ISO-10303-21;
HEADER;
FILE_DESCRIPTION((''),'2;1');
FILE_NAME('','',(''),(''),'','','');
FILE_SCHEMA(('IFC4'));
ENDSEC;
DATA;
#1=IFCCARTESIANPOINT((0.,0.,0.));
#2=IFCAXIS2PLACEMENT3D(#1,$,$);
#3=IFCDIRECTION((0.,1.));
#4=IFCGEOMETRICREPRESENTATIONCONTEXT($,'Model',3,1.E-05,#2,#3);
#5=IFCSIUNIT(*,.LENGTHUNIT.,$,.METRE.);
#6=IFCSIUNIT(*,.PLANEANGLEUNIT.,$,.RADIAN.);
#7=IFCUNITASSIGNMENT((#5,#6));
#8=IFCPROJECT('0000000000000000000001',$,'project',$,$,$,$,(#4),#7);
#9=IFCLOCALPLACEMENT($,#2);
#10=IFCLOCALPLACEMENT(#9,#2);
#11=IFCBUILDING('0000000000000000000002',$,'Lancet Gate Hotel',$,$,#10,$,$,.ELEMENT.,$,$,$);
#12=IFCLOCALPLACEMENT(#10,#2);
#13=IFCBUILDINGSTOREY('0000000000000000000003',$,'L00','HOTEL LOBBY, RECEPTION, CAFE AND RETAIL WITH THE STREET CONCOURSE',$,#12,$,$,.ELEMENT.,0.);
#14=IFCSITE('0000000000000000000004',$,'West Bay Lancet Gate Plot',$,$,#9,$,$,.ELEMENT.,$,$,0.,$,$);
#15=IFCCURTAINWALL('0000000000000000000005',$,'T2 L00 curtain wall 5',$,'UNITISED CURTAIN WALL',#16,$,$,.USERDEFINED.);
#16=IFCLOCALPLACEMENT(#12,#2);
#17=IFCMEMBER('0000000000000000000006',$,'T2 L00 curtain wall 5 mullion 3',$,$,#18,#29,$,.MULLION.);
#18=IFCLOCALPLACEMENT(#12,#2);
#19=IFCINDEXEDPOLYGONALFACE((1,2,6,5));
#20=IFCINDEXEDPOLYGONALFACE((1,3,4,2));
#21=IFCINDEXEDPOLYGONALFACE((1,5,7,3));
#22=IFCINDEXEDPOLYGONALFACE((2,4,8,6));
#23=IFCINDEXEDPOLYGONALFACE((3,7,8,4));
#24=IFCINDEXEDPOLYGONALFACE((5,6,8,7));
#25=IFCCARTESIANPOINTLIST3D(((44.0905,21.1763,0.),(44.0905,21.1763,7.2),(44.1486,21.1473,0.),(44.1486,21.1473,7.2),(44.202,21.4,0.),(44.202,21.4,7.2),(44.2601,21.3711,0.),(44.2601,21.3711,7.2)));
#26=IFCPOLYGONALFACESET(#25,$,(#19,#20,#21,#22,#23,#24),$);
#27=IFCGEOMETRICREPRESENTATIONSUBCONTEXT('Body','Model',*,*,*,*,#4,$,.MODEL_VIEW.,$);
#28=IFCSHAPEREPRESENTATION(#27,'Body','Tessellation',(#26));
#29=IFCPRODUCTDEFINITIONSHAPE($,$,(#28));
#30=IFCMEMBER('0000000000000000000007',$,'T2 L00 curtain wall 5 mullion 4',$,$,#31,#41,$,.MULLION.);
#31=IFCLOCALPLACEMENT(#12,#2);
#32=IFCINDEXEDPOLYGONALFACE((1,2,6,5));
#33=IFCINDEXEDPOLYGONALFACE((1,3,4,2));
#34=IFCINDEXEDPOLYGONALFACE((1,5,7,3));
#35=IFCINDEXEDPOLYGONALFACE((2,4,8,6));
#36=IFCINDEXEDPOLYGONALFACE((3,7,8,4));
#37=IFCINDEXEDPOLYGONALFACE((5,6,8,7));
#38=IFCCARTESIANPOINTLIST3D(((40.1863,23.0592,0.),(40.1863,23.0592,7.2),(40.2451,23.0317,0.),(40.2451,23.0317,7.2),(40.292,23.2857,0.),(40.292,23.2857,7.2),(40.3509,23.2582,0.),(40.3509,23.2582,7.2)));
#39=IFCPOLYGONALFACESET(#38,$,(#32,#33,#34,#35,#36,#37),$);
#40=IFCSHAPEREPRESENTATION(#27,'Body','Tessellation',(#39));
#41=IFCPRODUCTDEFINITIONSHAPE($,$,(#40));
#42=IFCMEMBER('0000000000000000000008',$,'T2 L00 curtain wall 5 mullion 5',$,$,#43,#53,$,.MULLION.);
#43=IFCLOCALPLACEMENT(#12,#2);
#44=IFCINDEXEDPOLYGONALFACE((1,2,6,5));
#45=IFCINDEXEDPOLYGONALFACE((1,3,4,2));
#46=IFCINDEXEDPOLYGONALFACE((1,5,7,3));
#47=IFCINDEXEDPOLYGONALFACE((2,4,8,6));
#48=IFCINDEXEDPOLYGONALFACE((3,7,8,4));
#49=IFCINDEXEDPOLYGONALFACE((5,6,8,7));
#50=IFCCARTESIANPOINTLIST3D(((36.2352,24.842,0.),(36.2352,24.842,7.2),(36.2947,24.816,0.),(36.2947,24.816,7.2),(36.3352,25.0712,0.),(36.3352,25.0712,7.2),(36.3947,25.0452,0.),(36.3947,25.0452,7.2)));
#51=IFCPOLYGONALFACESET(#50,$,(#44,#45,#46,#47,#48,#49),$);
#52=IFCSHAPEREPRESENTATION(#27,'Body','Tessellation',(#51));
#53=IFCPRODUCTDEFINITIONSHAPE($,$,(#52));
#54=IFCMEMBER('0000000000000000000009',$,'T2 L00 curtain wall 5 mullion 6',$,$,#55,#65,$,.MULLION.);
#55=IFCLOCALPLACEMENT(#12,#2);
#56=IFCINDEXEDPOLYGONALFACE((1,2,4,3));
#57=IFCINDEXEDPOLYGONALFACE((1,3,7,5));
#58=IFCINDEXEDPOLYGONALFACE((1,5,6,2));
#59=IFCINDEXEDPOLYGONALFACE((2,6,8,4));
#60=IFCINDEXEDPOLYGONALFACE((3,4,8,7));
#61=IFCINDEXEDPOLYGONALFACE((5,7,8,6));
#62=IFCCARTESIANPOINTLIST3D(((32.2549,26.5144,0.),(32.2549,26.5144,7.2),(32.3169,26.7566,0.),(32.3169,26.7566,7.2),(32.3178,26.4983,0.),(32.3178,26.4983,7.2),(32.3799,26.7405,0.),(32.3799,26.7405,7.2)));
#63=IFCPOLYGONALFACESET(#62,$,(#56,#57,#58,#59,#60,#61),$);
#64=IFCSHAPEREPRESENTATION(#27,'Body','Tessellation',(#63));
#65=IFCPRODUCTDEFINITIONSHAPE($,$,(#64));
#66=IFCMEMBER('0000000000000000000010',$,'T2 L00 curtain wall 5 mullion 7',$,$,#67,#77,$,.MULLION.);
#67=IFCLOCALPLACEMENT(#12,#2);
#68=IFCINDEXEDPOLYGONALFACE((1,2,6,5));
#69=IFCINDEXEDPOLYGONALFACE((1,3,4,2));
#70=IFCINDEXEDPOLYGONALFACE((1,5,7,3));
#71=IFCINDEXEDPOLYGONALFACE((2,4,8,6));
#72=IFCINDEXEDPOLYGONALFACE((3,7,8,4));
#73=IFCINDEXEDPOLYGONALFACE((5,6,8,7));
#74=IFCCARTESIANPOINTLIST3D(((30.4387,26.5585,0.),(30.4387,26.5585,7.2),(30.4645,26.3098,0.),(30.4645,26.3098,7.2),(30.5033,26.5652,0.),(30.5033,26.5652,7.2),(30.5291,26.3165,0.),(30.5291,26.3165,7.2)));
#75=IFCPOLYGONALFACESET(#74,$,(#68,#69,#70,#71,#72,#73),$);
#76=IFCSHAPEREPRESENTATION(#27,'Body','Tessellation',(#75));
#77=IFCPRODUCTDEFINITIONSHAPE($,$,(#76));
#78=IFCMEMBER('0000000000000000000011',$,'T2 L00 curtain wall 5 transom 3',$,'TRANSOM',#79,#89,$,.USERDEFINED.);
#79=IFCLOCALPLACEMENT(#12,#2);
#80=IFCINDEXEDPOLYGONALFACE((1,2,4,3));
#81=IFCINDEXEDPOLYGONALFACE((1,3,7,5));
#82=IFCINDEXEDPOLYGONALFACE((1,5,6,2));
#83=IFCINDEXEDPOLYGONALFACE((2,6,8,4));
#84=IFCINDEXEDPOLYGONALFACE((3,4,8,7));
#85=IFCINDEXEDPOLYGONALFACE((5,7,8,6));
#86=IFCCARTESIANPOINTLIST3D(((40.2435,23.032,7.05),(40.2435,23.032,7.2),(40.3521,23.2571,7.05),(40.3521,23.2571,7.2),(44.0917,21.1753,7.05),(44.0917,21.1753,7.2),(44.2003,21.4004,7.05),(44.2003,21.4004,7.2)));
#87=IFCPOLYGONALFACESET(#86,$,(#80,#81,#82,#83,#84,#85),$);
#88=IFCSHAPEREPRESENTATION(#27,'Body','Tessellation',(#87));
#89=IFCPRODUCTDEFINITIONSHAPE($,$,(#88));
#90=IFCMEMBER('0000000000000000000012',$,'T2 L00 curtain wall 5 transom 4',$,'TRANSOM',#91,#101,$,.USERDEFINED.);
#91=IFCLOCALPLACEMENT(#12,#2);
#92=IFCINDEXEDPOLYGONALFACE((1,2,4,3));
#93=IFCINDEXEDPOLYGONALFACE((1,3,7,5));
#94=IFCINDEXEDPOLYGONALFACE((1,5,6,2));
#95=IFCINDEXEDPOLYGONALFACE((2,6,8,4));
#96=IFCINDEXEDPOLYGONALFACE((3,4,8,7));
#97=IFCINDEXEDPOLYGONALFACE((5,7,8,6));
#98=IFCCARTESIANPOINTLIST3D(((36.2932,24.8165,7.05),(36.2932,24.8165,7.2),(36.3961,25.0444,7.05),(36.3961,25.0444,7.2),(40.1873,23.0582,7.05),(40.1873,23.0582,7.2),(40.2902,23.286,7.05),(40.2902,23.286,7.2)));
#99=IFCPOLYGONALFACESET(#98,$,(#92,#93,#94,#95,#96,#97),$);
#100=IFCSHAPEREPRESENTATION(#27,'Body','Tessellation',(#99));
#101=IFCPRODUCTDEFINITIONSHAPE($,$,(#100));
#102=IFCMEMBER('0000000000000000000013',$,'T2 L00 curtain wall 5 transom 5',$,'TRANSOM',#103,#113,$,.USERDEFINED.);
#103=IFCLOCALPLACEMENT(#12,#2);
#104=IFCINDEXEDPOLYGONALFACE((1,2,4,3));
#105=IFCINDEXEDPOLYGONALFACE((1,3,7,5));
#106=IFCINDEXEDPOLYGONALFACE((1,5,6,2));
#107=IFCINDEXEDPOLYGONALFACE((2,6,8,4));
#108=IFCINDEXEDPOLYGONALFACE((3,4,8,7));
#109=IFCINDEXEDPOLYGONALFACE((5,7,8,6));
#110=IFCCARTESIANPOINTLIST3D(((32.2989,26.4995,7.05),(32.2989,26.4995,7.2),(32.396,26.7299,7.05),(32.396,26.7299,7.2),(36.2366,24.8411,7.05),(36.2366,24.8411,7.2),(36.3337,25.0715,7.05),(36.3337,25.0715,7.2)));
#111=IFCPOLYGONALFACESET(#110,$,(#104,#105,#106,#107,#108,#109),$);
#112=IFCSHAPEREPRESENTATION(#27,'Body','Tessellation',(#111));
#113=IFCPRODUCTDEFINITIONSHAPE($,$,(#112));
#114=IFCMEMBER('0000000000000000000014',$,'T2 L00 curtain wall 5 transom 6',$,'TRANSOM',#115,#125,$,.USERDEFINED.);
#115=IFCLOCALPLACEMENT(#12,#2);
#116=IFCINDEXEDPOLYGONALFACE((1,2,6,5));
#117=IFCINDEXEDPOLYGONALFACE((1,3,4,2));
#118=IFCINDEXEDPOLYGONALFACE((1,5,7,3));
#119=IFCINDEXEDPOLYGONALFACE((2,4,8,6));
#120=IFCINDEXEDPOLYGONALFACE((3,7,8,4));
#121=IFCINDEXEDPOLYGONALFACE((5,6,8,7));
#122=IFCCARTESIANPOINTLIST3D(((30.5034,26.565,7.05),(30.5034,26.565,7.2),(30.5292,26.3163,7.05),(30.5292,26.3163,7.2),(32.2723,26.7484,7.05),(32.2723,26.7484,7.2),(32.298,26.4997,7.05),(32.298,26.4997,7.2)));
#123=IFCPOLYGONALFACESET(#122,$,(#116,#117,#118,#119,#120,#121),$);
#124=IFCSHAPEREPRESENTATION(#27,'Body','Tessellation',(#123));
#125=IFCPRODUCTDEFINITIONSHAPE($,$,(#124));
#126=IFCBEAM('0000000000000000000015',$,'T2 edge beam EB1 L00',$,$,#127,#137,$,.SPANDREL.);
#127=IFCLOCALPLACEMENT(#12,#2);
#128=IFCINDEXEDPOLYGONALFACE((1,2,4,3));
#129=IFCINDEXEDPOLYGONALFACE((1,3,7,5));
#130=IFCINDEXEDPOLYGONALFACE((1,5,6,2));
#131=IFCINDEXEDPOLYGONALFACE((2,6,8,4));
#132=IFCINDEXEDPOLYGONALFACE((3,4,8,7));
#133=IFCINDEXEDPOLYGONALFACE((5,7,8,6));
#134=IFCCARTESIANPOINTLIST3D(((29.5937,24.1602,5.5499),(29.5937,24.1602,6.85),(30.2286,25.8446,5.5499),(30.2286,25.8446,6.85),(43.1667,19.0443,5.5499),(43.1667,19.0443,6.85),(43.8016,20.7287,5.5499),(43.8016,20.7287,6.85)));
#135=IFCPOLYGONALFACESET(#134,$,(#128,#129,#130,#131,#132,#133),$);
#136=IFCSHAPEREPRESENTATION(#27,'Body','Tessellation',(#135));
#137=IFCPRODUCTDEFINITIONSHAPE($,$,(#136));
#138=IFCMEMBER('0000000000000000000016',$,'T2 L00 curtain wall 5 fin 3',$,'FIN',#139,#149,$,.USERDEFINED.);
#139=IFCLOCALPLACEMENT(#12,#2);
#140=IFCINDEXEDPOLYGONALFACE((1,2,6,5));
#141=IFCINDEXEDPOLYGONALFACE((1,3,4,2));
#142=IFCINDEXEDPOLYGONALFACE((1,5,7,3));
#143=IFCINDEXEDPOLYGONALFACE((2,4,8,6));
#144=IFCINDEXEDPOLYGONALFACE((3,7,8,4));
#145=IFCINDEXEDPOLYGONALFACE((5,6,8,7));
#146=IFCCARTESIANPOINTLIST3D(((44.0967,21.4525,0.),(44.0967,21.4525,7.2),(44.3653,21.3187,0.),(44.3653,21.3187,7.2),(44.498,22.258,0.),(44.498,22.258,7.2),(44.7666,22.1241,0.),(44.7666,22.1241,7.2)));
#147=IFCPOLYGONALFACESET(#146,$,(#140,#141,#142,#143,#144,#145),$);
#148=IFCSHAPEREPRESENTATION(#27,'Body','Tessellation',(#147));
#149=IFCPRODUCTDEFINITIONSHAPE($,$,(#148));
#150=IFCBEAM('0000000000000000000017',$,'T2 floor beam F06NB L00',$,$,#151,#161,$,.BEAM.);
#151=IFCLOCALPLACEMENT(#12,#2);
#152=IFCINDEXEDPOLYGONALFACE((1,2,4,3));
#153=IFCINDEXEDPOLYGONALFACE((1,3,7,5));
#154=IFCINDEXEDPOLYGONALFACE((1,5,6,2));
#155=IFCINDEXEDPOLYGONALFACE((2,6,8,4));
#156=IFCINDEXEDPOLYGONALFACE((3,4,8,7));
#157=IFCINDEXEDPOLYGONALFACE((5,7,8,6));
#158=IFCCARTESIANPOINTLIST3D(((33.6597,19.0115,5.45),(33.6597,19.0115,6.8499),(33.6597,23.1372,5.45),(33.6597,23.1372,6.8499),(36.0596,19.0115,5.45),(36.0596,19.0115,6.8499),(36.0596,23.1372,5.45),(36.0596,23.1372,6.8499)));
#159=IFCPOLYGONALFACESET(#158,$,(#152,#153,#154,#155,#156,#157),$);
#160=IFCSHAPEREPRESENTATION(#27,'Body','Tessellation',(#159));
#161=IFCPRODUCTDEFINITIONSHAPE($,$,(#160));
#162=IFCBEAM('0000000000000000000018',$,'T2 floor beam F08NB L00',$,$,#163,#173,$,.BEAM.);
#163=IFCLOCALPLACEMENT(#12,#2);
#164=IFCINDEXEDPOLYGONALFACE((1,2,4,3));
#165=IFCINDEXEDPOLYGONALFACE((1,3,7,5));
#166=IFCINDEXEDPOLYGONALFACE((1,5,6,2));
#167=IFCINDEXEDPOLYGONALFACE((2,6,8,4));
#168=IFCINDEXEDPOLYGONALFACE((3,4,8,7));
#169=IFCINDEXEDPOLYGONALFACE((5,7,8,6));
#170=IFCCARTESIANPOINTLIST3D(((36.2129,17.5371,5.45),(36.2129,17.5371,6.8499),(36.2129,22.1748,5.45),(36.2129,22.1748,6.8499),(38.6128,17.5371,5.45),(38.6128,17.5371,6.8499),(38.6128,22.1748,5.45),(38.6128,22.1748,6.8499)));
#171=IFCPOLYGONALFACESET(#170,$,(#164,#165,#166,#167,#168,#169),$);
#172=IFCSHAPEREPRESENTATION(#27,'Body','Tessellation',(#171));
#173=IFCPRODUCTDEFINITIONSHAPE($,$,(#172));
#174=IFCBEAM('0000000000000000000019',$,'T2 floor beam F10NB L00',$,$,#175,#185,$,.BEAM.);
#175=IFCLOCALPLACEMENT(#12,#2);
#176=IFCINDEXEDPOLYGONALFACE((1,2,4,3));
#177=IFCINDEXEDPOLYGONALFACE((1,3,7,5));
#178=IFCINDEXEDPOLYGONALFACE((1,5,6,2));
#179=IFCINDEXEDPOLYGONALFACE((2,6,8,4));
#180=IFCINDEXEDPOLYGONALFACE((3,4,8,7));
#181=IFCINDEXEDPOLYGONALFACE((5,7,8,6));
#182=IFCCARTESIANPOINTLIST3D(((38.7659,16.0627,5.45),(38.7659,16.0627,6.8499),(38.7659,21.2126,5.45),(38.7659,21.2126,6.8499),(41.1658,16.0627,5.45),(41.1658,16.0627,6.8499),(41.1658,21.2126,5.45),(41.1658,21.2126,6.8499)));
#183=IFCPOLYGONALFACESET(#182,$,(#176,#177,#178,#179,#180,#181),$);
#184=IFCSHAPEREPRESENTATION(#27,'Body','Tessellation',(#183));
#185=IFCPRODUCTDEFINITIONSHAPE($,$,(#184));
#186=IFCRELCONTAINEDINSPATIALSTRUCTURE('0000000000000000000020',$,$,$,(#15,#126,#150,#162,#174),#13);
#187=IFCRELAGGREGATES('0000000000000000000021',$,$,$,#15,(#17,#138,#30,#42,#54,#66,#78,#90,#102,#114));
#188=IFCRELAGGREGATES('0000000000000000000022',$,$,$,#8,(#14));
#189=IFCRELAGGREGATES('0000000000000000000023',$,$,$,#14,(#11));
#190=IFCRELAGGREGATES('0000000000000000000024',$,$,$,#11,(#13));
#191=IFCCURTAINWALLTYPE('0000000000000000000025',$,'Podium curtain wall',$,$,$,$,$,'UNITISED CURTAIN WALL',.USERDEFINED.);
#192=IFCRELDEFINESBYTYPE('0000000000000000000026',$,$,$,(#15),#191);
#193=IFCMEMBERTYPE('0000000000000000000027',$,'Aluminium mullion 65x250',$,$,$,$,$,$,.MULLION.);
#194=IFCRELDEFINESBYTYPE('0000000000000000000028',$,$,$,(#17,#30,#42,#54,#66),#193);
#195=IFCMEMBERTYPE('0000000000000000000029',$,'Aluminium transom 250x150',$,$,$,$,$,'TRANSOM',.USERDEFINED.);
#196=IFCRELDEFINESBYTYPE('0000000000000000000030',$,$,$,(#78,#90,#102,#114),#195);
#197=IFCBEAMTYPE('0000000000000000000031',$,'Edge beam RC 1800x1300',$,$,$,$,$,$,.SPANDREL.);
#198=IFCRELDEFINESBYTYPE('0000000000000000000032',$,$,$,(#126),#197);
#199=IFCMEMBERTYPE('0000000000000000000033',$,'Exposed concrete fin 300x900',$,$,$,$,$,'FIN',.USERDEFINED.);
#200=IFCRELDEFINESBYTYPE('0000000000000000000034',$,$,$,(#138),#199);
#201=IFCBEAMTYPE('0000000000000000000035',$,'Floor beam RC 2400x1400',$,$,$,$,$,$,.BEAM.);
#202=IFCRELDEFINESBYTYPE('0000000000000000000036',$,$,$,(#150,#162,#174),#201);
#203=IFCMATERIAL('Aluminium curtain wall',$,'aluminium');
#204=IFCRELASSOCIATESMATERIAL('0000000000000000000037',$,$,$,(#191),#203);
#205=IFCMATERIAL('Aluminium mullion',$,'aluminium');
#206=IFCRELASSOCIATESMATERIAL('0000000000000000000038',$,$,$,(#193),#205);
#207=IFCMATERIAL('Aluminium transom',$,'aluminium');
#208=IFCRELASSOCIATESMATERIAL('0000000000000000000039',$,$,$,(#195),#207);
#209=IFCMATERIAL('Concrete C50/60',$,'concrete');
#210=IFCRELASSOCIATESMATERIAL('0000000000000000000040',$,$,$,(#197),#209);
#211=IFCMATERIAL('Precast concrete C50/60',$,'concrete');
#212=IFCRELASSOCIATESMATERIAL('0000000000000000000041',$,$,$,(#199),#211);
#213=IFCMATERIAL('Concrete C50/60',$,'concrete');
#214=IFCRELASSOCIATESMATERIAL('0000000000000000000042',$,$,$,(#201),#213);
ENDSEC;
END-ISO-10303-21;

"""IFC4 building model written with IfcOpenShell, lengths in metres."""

from ifc_helpers import new_model, si_unit, direction, frame, origin, origin_2d, place, context, subcontext, project, spatial, rectangle, extrude, material, material_profile, profile_set, type_object, element, aggregate, save


model = new_model("IFC4")

# Units and contexts
model_context = context("Model", 3, precision=1e-05, world=origin(), true_north=direction((0.0, 1.0)))
body_context = subcontext(model_context, "Body", "Model", "MODEL_VIEW")
ifc_project = project(units=[si_unit("LENGTHUNIT", "METRE"), si_unit("PLANEANGLEUNIT", "RADIAN")], contexts=[model_context])

# Site, building, storey
site_placement = place(None, origin())
site = spatial("IfcSite", under=ifc_project, at=site_placement, Name="West Bay Lancet Gate Plot", CompositionType="ELEMENT", RefElevation=0.0)
building_placement = place(site_placement, origin())
building = spatial("IfcBuilding", under=site, at=building_placement, Name="Lancet Gate Hotel", CompositionType="ELEMENT")
storey_placement = place(building_placement, origin())
storey = spatial("IfcBuildingStorey", under=building, at=storey_placement, Name="L00", Description="HOTEL LOBBY, RECEPTION, CAFE AND RETAIL WITH THE STREET CONCOURSE", CompositionType="ELEMENT", Elevation=0.0)

# Curtain wall, members
ifc_material_1 = material(Name="Aluminium curtain wall", Category="aluminium")
curtain_wall_type = type_object("IfcCurtainWallType", Name="Podium curtain wall", ElementType="UNITISED CURTAIN WALL", PredefinedType="USERDEFINED", material=ifc_material_1)
curtain_wall_placement = place(storey_placement, origin())
curtain_wall = element("IfcCurtainWall", 1, at=curtain_wall_placement, inside=storey, type_object=curtain_wall_type, Name="T2 L00 curtain wall 5", ObjectType="UNITISED CURTAIN WALL", PredefinedType="USERDEFINED")
ifc_material_2 = material(Name="Aluminium mullion", Category="aluminium")
ifc_material_profile_1 = material_profile(ifc_material_2, rectangle(XDim=0.0649, YDim=0.25, at=origin_2d()), Name="MULLION 65x250")
ifc_profile_set_1 = profile_set([ifc_material_profile_1], Name="Aluminium mullion")
member_type_1 = type_object("IfcMemberType", Name="Aluminium mullion 65x250", PredefinedType="MULLION", material=ifc_profile_set_1)
member_1_placement = place(storey_placement, frame((44.1753, 21.2737, 0.0), z_axis=(0.0, 0.0, 1.0), x_axis=(-0.895044, 0.445978, 0.0)))
member_1 = element("IfcMember", 2, at=member_1_placement, type_object=member_type_1, Name="T2 L00 curtain wall 5 mullion 3", PredefinedType="MULLION", context=body_context, shape_type="SweptSolid", body=[
    extrude(rectangle(XDim=0.0649, YDim=0.25, at=origin_2d()), origin(), (0.0, 0.0, 1.0), 7.2),
])
member_2_placement = place(storey_placement, frame((40.2686, 23.1587, 0.0), z_axis=(0.0, 0.0, 1.0), x_axis=(-0.906105, 0.423053, 0.0)))
member_2 = element("IfcMember", 3, at=member_2_placement, type_object=member_type_1, Name="T2 L00 curtain wall 5 mullion 4", PredefinedType="MULLION", context=body_context, shape_type="SweptSolid", body=[
    extrude(rectangle(XDim=0.0649, YDim=0.25, at=origin_2d()), origin(), (0.0, 0.0, 1.0), 7.2),
])
member_3_placement = place(storey_placement, frame((36.3149, 24.9436, 0.0), z_axis=(0.0, 0.0, 1.0), x_axis=(-0.916579, 0.399854, 0.0)))
member_3 = element("IfcMember", 4, at=member_3_placement, type_object=member_type_1, Name="T2 L00 curtain wall 5 mullion 5", PredefinedType="MULLION", context=body_context, shape_type="SweptSolid", body=[
    extrude(rectangle(XDim=0.0649, YDim=0.25, at=origin_2d()), origin(), (0.0, 0.0, 1.0), 7.2),
])
member_4_placement = place(storey_placement, frame((32.3174, 26.6274, 0.0), z_axis=(0.0, 0.0, 1.0), x_axis=(-0.968721, 0.24815, 0.0)))
member_4 = element("IfcMember", 5, at=member_4_placement, type_object=member_type_1, Name="T2 L00 curtain wall 5 mullion 6", PredefinedType="MULLION", context=body_context, shape_type="SweptSolid", body=[
    extrude(rectangle(XDim=0.0649, YDim=0.25, at=origin_2d()), origin(), (0.0, 0.0, 1.0), 7.2),
])
member_5_placement = place(storey_placement, frame((30.4839, 26.4375, 0.0), z_axis=(0.0, 0.0, 1.0), x_axis=(-0.994672, -0.103088, 0.0)))
member_5 = element("IfcMember", 6, at=member_5_placement, type_object=member_type_1, Name="T2 L00 curtain wall 5 mullion 7", PredefinedType="MULLION", context=body_context, shape_type="SweptSolid", body=[
    extrude(rectangle(XDim=0.0649, YDim=0.25, at=origin_2d()), origin(), (0.0, 0.0, 1.0), 7.2),
])
ifc_material_3 = material(Name="Aluminium transom", Category="aluminium")
ifc_material_profile_2 = material_profile(ifc_material_3, rectangle(XDim=0.25, YDim=0.1499, at=origin_2d()), Name="TRANSOM 250x150")
ifc_profile_set_2 = profile_set([ifc_material_profile_2], Name="Aluminium transom")
member_type_2 = type_object("IfcMemberType", Name="Aluminium transom 250x150", ElementType="TRANSOM", PredefinedType="USERDEFINED", material=ifc_profile_set_2)
member_6_placement = place(storey_placement, frame((44.146, 21.2878, 7.125), z_axis=(-0.900646, 0.434553, 0.0), x_axis=(-0.434553, -0.900646, 0.0)))
member_6 = element("IfcMember", 7, at=member_6_placement, type_object=member_type_2, Name="T2 L00 curtain wall 5 transom 3", ObjectType="TRANSOM", PredefinedType="USERDEFINED", context=body_context, shape_type="SweptSolid", body=[
    extrude(rectangle(XDim=0.25, YDim=0.1499, at=origin_2d()), origin(), (0.0, 0.0, 1.0), 4.2727),
])
member_7_placement = place(storey_placement, frame((40.2388, 23.1721, 7.125), z_axis=(-0.911397, 0.411529, 0.0), x_axis=(-0.411529, -0.911397, 0.0)))
member_7 = element("IfcMember", 8, at=member_7_placement, type_object=member_type_2, Name="T2 L00 curtain wall 5 transom 4", ObjectType="TRANSOM", PredefinedType="USERDEFINED", context=body_context, shape_type="SweptSolid", body=[
    extrude(rectangle(XDim=0.25, YDim=0.1499, at=origin_2d()), origin(), (0.0, 0.0, 1.0), 4.2727),
])
member_8_placement = place(storey_placement, frame((36.2852, 24.9563, 7.125), z_axis=(-0.921598, 0.388146, 0.0), x_axis=(-0.388146, -0.921598, 0.0)))
member_8 = element("IfcMember", 9, at=member_8_placement, type_object=member_type_2, Name="T2 L00 curtain wall 5 transom 5", ObjectType="TRANSOM", PredefinedType="USERDEFINED", context=body_context, shape_type="SweptSolid", body=[
    extrude(rectangle(XDim=0.25, YDim=0.1499, at=origin_2d()), origin(), (0.0, 0.0, 1.0), 4.2727),
])
member_9_placement = place(storey_placement, frame((32.2852, 26.624, 7.125), z_axis=(-0.99467, -0.103105, 0.0), x_axis=(0.103105, -0.99467, 0.0)))
member_9 = element("IfcMember", 10, at=member_9_placement, type_object=member_type_2, Name="T2 L00 curtain wall 5 transom 6", ObjectType="TRANSOM", PredefinedType="USERDEFINED", context=body_context, shape_type="SweptSolid", body=[
    extrude(rectangle(XDim=0.25, YDim=0.1499, at=origin_2d()), origin(), (0.0, 0.0, 1.0), 1.7783),
])

# Beam
ifc_material_4 = material(Name="Concrete C50/60", Category="concrete")
ifc_material_profile_3 = material_profile(ifc_material_4, rectangle(XDim=1.8, YDim=1.3, at=origin_2d()), Name="RC 1800x1300")
ifc_profile_set_3 = profile_set([ifc_material_profile_3], Name="Concrete C50/60")
beam_type_1 = type_object("IfcBeamType", Name="Edge beam RC 1800x1300", PredefinedType="SPANDREL", material=ifc_profile_set_3)
beam_1_placement = place(storey_placement, frame((43.4841, 19.8865, 6.2), z_axis=(-0.935736, 0.3527, 0.0), x_axis=(-0.3527, -0.935736, 0.0)))
element("IfcBeam", 11, at=beam_1_placement, inside=storey, type_object=beam_type_1, Name="T2 edge beam EB1 L00", PredefinedType="SPANDREL", context=body_context, shape_type="SweptSolid", body=[
    extrude(rectangle(XDim=1.8, YDim=1.3, at=origin_2d()), origin(), (0.0, 0.0, 1.0), 14.5051),
])

# Member
ifc_material_5 = material(Name="Precast concrete C50/60", Category="concrete")
ifc_material_profile_4 = material_profile(ifc_material_5, rectangle(XDim=0.3, YDim=0.8999, at=origin_2d()), Name="FIN 300x900")
ifc_profile_set_4 = profile_set([ifc_material_profile_4], Name="Precast concrete C50/60")
member_type_3 = type_object("IfcMemberType", Name="Exposed concrete fin 300x900", ElementType="FIN", PredefinedType="USERDEFINED", material=ifc_profile_set_4)
member_10_placement = place(storey_placement, frame((44.4316, 21.7883, 0.0), z_axis=(0.0, 0.0, 1.0), x_axis=(-0.895044, 0.445978, 0.0)))
member_10 = element("IfcMember", 12, at=member_10_placement, type_object=member_type_3, Name="T2 L00 curtain wall 5 fin 3", ObjectType="FIN", PredefinedType="USERDEFINED", context=body_context, shape_type="SweptSolid", body=[
    extrude(rectangle(XDim=0.3, YDim=0.8999, at=origin_2d()), origin(), (0.0, 0.0, 1.0), 7.2),
])

# Beams
ifc_material_6 = material(Name="Concrete C50/60", Category="concrete")
ifc_material_profile_5 = material_profile(ifc_material_6, rectangle(XDim=2.3999, YDim=1.3999, at=origin_2d()), Name="RC 2400x1400")
ifc_profile_set_5 = profile_set([ifc_material_profile_5], Name="Concrete C50/60")
beam_type_2 = type_object("IfcBeamType", Name="Floor beam RC 2400x1400", PredefinedType="BEAM", material=ifc_profile_set_5)
beam_2_placement = place(storey_placement, frame((34.8596, 19.0115, 6.1499), z_axis=(0.0, 1.0, 0.0), x_axis=(-1.0, 0.0, 0.0)))
element("IfcBeam", 13, at=beam_2_placement, inside=storey, type_object=beam_type_2, Name="T2 floor beam F06NB L00", PredefinedType="BEAM", context=body_context, shape_type="SweptSolid", body=[
    extrude(rectangle(XDim=2.3999, YDim=1.3999, at=origin_2d()), origin(), (0.0, 0.0, 1.0), 4.1257),
])
beam_3_placement = place(storey_placement, frame((37.4128, 17.5371, 6.1499), z_axis=(0.0, 1.0, 0.0), x_axis=(-1.0, 0.0, 0.0)))
element("IfcBeam", 14, at=beam_3_placement, inside=storey, type_object=beam_type_2, Name="T2 floor beam F08NB L00", PredefinedType="BEAM", context=body_context, shape_type="SweptSolid", body=[
    extrude(rectangle(XDim=2.3999, YDim=1.3999, at=origin_2d()), origin(), (0.0, 0.0, 1.0), 4.6377),
])
beam_4_placement = place(storey_placement, frame((39.9658, 16.0627, 6.1499), z_axis=(0.0, 1.0, 0.0), x_axis=(-1.0, 0.0, 0.0)))
element("IfcBeam", 15, at=beam_4_placement, inside=storey, type_object=beam_type_2, Name="T2 floor beam F10NB L00", PredefinedType="BEAM", context=body_context, shape_type="SweptSolid", body=[
    extrude(rectangle(XDim=2.3999, YDim=1.3999, at=origin_2d()), origin(), (0.0, 0.0, 1.0), 5.1499),
])

aggregate(curtain_wall, [member_1, member_10, member_2, member_3, member_4, member_5, member_6, member_7, member_8, member_9])

save(model, "model.ifc")
